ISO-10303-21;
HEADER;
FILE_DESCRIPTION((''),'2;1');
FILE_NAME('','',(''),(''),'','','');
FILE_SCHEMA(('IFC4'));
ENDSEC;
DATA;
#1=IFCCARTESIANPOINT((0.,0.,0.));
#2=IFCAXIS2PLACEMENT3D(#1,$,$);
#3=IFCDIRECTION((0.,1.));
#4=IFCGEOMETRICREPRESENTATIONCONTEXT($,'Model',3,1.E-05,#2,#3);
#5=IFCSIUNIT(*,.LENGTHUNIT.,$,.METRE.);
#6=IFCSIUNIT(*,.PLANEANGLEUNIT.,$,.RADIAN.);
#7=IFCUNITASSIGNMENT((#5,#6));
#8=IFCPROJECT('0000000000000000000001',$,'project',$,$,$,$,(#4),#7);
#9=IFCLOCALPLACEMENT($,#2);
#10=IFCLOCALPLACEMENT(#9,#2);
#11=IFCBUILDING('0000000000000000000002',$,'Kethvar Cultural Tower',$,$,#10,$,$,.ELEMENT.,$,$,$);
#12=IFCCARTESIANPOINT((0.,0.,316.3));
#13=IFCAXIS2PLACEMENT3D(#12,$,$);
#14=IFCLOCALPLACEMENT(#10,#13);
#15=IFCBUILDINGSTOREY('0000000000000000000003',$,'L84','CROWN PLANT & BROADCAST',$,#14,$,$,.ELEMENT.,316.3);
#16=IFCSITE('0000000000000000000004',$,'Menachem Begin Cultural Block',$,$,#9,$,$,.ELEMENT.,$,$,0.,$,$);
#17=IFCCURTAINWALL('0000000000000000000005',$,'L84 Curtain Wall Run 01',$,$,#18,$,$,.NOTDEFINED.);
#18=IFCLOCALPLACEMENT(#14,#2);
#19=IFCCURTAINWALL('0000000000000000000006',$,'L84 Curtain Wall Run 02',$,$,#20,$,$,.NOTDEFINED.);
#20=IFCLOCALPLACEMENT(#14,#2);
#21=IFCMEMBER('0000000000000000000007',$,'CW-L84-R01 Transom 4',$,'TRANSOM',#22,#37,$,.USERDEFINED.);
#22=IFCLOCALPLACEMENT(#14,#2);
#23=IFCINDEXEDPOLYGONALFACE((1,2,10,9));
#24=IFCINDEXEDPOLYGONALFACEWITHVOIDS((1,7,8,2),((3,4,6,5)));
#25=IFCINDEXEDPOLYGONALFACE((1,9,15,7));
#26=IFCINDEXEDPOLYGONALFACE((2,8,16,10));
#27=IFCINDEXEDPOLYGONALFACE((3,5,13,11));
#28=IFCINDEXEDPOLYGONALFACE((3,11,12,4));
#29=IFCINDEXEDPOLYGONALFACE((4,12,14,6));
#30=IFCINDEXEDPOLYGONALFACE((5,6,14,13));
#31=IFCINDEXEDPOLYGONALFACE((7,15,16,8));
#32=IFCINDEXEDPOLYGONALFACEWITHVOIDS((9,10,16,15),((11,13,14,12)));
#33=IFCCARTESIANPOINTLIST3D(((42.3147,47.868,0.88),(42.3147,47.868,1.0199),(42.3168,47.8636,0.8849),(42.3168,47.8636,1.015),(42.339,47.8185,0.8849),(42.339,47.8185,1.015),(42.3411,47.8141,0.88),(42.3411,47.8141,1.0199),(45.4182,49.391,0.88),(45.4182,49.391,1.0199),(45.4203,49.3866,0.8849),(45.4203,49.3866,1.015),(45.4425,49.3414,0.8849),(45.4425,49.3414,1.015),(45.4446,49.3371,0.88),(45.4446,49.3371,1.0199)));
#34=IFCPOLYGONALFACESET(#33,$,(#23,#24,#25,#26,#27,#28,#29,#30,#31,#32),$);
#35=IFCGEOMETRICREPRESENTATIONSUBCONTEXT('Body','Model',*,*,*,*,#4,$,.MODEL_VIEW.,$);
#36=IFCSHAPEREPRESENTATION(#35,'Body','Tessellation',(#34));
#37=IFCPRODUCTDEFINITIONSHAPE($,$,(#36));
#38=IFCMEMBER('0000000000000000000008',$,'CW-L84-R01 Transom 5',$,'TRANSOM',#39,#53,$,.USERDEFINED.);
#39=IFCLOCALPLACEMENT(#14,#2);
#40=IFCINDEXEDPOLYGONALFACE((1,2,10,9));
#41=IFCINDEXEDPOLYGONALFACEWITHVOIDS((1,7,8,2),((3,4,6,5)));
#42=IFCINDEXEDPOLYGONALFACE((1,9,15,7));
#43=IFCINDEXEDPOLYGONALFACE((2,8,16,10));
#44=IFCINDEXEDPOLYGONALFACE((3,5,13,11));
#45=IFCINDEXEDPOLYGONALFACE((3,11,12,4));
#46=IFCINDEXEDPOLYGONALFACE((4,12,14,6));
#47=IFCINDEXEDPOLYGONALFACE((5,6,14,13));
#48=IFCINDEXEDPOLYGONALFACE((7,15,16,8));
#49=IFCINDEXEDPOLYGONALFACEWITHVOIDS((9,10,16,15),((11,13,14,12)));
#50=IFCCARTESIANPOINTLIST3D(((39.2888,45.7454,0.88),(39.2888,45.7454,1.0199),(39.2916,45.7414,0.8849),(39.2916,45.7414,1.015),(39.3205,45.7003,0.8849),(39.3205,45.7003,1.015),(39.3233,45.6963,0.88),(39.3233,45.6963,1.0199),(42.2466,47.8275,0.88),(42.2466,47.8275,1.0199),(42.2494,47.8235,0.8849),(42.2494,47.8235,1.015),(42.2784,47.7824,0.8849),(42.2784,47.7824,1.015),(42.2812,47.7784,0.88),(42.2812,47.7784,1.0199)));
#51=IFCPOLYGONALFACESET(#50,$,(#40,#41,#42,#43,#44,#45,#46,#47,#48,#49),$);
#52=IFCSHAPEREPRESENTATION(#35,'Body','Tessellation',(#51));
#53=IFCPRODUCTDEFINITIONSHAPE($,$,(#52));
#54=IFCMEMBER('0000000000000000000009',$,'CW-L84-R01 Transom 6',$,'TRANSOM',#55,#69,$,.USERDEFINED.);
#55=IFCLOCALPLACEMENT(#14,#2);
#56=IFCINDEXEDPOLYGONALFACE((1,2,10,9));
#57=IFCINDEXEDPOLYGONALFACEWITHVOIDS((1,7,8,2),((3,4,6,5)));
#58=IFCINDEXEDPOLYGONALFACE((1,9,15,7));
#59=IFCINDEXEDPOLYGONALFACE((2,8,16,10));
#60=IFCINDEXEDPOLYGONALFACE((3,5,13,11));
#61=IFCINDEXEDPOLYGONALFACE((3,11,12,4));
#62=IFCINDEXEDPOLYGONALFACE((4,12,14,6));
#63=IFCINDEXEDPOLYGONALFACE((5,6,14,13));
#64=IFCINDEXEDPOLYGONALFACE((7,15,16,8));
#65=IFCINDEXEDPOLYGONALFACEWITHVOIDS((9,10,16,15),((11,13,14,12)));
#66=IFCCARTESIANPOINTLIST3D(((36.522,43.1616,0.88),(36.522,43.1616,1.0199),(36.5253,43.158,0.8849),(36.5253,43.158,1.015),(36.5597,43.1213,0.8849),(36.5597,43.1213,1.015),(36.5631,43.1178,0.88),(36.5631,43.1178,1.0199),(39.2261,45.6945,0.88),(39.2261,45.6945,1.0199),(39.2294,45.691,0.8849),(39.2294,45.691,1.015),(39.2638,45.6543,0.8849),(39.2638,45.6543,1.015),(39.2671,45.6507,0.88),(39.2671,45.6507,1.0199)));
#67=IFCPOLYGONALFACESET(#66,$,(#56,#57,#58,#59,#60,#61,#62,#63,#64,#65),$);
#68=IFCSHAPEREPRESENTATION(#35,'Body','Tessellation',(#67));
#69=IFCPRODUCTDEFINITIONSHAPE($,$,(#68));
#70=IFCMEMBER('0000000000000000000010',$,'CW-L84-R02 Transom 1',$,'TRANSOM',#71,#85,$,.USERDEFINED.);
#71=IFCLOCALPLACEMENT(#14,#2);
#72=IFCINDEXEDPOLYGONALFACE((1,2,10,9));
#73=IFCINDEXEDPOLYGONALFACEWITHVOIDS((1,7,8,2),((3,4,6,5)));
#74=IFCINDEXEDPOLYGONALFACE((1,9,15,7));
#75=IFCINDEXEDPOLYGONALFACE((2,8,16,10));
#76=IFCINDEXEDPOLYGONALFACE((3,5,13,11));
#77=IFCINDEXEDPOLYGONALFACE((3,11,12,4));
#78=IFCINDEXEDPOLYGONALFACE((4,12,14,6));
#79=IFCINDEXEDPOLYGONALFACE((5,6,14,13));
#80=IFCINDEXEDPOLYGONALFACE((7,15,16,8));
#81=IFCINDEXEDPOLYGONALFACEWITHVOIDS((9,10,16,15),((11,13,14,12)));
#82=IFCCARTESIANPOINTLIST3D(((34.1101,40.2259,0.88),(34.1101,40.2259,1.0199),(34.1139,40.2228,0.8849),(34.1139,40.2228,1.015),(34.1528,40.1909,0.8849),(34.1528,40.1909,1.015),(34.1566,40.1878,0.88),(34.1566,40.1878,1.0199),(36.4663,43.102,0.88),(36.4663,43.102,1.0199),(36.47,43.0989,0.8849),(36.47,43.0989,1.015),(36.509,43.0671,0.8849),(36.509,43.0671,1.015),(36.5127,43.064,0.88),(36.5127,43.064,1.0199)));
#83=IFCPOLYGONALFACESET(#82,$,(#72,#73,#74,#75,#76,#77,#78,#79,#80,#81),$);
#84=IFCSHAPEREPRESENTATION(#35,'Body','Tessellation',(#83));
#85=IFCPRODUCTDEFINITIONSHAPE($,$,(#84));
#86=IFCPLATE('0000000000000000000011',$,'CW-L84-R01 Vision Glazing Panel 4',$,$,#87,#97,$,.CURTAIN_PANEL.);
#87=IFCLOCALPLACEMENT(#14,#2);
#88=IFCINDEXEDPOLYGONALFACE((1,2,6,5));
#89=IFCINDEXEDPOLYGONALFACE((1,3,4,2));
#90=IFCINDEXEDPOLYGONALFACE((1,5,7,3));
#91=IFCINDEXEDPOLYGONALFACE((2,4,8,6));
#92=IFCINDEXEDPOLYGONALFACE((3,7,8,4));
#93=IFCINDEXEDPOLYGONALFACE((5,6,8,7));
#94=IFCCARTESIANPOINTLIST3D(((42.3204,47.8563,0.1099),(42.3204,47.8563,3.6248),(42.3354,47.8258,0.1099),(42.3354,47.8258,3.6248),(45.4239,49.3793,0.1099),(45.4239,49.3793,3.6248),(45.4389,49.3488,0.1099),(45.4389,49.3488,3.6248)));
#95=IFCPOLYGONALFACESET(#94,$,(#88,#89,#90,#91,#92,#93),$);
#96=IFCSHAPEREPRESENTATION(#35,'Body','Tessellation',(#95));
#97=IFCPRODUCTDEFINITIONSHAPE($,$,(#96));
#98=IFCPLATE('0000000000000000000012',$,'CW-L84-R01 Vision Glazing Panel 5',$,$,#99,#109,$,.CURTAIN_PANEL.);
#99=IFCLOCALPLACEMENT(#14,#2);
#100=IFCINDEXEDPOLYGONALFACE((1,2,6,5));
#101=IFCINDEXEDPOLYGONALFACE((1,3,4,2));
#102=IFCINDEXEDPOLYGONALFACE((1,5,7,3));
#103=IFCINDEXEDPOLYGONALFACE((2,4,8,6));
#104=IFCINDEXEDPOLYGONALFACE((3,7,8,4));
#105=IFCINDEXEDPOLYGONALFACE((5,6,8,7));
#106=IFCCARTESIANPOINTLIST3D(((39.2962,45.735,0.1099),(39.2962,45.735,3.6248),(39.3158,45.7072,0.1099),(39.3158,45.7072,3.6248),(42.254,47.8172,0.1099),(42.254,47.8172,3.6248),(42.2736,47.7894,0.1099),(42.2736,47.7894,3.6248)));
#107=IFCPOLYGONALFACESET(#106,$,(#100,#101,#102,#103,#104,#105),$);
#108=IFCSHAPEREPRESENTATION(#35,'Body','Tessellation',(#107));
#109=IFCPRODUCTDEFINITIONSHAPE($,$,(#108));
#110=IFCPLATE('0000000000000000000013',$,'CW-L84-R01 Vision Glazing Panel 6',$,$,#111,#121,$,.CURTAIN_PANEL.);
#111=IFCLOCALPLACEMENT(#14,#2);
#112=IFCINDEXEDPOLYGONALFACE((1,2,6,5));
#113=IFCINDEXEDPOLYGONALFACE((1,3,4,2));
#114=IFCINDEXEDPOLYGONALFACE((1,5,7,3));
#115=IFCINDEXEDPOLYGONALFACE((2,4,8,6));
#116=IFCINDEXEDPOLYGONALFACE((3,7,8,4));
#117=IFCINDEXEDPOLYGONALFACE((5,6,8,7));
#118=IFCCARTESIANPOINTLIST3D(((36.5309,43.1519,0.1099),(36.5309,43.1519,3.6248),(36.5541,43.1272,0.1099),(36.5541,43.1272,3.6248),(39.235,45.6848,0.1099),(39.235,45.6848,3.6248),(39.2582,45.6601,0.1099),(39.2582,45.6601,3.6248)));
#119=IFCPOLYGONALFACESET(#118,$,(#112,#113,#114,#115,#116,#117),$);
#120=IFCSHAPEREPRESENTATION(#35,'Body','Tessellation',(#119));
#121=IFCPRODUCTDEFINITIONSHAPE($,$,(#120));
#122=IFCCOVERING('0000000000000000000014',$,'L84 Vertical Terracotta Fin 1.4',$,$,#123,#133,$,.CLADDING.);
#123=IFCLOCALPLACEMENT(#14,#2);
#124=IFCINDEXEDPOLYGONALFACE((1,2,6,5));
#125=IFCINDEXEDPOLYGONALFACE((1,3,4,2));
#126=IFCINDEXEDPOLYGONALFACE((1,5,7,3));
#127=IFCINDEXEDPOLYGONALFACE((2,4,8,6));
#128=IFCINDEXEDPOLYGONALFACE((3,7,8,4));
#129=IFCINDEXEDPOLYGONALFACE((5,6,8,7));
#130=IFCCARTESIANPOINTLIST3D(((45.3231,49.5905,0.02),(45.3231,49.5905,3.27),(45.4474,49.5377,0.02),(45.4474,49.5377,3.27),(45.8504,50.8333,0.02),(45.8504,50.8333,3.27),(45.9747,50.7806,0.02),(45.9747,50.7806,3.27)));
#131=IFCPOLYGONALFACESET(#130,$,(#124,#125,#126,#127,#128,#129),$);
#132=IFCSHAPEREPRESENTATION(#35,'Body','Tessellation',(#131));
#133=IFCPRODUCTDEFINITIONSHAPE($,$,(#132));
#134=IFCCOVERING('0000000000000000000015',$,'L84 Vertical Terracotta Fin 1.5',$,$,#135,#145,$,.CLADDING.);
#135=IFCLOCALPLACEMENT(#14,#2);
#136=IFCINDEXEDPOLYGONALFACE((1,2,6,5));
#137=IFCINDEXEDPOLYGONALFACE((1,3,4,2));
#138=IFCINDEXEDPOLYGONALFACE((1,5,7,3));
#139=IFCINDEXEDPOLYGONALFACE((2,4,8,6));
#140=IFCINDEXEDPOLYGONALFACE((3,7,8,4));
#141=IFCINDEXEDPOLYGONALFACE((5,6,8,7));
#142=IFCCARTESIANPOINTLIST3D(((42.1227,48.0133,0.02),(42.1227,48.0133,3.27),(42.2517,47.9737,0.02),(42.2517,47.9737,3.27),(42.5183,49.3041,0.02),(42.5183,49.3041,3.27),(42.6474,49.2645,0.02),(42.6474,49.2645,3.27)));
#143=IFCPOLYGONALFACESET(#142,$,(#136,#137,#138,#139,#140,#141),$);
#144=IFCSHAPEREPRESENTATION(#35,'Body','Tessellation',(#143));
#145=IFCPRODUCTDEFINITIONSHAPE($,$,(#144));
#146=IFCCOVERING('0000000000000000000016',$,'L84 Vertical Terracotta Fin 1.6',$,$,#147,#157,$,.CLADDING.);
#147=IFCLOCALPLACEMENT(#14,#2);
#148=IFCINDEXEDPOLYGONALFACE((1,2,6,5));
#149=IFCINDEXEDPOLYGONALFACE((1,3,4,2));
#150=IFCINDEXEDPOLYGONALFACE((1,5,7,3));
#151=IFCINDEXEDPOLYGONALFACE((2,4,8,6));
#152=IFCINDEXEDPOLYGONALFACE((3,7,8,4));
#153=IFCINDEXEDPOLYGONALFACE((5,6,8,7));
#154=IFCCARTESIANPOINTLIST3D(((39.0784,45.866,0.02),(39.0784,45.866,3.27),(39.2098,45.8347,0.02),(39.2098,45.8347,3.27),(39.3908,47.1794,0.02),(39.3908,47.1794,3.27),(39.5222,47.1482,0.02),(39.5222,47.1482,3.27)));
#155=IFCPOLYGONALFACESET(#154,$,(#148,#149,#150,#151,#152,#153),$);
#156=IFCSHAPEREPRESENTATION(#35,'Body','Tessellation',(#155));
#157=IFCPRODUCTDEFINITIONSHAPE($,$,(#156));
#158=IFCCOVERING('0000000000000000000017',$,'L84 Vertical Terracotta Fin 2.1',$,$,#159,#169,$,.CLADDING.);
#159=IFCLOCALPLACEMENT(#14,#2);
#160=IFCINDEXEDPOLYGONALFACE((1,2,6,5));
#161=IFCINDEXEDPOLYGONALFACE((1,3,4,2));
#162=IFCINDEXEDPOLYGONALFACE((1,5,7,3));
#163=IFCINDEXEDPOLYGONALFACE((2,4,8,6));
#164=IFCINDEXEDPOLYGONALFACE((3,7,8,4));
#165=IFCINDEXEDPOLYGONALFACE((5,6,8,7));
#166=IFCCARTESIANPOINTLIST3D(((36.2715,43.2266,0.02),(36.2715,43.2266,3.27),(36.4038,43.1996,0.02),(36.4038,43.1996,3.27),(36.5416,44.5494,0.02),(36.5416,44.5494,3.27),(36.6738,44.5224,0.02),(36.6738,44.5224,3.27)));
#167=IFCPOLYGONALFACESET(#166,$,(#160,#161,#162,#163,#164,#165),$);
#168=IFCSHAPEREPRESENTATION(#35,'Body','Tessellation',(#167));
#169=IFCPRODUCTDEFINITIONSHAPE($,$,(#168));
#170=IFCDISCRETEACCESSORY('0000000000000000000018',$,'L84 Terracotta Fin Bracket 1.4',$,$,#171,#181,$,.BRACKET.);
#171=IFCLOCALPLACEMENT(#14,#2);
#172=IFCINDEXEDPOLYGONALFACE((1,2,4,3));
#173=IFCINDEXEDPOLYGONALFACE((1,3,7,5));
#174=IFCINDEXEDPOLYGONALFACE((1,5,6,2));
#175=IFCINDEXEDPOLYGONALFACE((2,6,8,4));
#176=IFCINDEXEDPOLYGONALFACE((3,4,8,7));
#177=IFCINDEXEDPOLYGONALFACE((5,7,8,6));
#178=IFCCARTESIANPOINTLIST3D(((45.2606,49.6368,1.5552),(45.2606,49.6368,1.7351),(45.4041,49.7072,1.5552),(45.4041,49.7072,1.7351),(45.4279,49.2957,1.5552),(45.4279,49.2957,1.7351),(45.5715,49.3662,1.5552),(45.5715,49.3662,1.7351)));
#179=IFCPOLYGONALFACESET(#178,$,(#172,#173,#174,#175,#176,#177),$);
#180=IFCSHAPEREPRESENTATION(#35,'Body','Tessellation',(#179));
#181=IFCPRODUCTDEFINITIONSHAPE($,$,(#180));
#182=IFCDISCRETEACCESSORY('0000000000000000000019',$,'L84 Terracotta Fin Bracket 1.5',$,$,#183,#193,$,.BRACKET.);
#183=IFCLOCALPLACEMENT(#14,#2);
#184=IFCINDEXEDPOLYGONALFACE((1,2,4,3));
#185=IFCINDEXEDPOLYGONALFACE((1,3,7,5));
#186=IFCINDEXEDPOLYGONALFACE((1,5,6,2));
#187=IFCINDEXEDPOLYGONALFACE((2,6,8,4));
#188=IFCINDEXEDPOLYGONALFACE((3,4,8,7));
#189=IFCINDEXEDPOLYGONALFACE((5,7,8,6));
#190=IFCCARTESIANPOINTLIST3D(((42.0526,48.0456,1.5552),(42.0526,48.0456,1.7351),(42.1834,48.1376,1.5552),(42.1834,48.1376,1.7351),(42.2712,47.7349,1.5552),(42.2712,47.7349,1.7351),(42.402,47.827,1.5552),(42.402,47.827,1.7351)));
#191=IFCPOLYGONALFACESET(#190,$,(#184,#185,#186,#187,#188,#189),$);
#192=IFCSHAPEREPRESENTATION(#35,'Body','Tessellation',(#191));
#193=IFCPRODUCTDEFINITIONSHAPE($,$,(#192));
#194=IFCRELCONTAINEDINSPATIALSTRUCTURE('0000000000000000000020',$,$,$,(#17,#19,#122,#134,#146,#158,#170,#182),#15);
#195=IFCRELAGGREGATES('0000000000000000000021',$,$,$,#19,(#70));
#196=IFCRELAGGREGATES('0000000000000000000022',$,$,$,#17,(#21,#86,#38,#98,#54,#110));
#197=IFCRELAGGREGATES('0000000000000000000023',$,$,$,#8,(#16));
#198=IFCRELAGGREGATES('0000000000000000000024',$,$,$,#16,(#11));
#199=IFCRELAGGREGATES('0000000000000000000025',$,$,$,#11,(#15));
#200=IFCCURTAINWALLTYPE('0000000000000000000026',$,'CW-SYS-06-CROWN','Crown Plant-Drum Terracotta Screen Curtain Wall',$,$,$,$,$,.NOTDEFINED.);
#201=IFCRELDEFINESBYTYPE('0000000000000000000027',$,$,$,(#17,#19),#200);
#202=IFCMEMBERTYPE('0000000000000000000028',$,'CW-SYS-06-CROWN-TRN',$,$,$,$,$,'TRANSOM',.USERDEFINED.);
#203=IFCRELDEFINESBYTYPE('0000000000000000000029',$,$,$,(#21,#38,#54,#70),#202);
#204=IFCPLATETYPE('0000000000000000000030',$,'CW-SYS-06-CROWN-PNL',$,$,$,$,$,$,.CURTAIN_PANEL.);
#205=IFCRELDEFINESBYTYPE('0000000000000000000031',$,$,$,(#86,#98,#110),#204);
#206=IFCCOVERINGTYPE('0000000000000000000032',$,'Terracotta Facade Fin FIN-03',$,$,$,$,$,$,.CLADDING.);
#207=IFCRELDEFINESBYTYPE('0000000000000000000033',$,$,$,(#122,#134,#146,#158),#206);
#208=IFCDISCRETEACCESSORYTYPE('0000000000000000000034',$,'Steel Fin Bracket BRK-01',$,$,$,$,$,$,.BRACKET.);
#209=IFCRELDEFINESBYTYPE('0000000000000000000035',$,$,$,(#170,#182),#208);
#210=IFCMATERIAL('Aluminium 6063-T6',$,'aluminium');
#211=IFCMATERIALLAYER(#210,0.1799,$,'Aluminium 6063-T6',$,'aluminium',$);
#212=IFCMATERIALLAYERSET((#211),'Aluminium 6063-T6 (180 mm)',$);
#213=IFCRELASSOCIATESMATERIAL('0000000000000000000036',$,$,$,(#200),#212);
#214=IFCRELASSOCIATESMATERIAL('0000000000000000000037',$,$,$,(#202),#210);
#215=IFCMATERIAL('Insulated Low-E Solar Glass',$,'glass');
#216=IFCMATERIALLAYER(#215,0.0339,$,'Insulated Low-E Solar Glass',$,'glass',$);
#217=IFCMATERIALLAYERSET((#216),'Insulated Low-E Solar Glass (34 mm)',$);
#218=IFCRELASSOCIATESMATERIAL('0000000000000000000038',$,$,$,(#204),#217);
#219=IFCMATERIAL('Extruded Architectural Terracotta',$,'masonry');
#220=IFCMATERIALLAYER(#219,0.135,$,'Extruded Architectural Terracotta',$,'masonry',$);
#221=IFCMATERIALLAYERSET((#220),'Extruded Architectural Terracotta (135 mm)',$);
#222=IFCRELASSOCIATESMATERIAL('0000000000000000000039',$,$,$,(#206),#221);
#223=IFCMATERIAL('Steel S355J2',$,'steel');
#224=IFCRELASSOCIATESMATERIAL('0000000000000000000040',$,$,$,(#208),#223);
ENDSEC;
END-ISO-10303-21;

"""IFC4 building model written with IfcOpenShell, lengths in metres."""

from ifc_helpers import new_model, si_unit, direction, frame, origin, origin_2d, place, context, subcontext, project, spatial, rectangle, hollow_rectangle, extrude, source, transform, mapped, material, layer, layer_set, material_profile, profile_set, type_object, element, aggregate, save


model = new_model("IFC4")

# Units and contexts
model_context = context("Model", 3, precision=1e-05, world=origin(), true_north=direction((0.0, 1.0)))
body_context = subcontext(model_context, "Body", "Model", "MODEL_VIEW")
ifc_project = project(units=[si_unit("LENGTHUNIT", "METRE"), si_unit("PLANEANGLEUNIT", "RADIAN")], contexts=[model_context])

# Site, building, storey
site_placement = place(None, origin())
site = spatial("IfcSite", under=ifc_project, at=site_placement, Name="Menachem Begin Cultural Block", CompositionType="ELEMENT", RefElevation=0.0)
building_placement = place(site_placement, origin())
building = spatial("IfcBuilding", under=site, at=building_placement, Name="Kethvar Cultural Tower", CompositionType="ELEMENT")
storey_placement = place(building_placement, frame((0.0, 0.0, 316.3)))
storey = spatial("IfcBuildingStorey", under=building, at=storey_placement, Name="L84", Description="CROWN PLANT & BROADCAST", CompositionType="ELEMENT", Elevation=316.3)

# Shared definitions
ifc_material_1 = material(Name="Steel S355J2", Category="steel")

# Curtain wall
ifc_material_2 = material(Name="Aluminium 6063-T6", Category="aluminium")
ifc_layer_1 = layer(ifc_material_2, 0.1799, Name="Aluminium 6063-T6", Category="aluminium")
ifc_layer_set_1 = layer_set([ifc_layer_1], Name="Aluminium 6063-T6 (180 mm)")
curtain_wall_type = type_object("IfcCurtainWallType", Name="CW-SYS-06-CROWN", Description="Crown Plant-Drum Terracotta Screen Curtain Wall", PredefinedType="NOTDEFINED", material=ifc_layer_set_1)
curtain_wall_1_placement = place(storey_placement, origin())
curtain_wall_1 = element("IfcCurtainWall", 1, at=curtain_wall_1_placement, inside=storey, type_object=curtain_wall_type, Name="L84 Curtain Wall Run 01", PredefinedType="NOTDEFINED")

# Curtain wall
curtain_wall_2_placement = place(storey_placement, origin())
curtain_wall_2 = element("IfcCurtainWall", 2, at=curtain_wall_2_placement, inside=storey, type_object=curtain_wall_type, Name="L84 Curtain Wall Run 02", PredefinedType="NOTDEFINED")

# Members
ifc_material_profile_1 = material_profile(ifc_material_2, hollow_rectangle(XDim=0.0601, YDim=0.1399, WallThickness=0.0049, at=origin_2d()), Name="Aluminium 6063-T6 — RHS140x60x5")
ifc_profile_set_1 = profile_set([ifc_material_profile_1], Name="Aluminium 6063-T6 — RHS140x60x5")
member_type_1 = type_object("IfcMemberType", Name="CW-SYS-06-CROWN-TRN", ElementType="TRANSOM", PredefinedType="USERDEFINED", material=ifc_profile_set_1)
shared_shape_1 = source(origin(), body_context, "Body", "SweptSolid", [
    extrude(hollow_rectangle(XDim=0.0601, YDim=0.1399, WallThickness=0.0049, at=origin_2d()), origin(), (0.0, 0.0, 1.0), 3.457),
])
member_1_placement = place(storey_placement, frame((45.4314, 49.364, 0.95), z_axis=(-0.897736, -0.440535, 0.0), x_axis=(0.440535, -0.897736, 0.0)))
member_1 = element("IfcMember", 3, at=member_1_placement, type_object=member_type_1, Name="CW-L84-R01 Transom 4", ObjectType="TRANSOM", PredefinedType="USERDEFINED", context=body_context, shape_type="MappedRepresentation", body=[
    mapped(shared_shape_1, transform((0.0, 0.0, 0.0), scale=1.0)),
])
shared_shape_2 = source(origin(), body_context, "Body", "SweptSolid", [
    extrude(hollow_rectangle(XDim=0.0601, YDim=0.1399, WallThickness=0.0049, at=origin_2d()), origin(), (0.0, 0.0, 1.0), 3.6172),
])
member_2_placement = place(storey_placement, frame((42.2639, 47.803, 0.95), z_axis=(-0.817723, -0.575612, 0.0), x_axis=(0.575612, -0.817723, 0.0)))
member_2 = element("IfcMember", 4, at=member_2_placement, type_object=member_type_1, Name="CW-L84-R01 Transom 5", ObjectType="TRANSOM", PredefinedType="USERDEFINED", context=body_context, shape_type="MappedRepresentation", body=[
    mapped(shared_shape_2, transform((0.0, 0.0, 0.0), scale=1.0)),
])
shared_shape_3 = source(origin(), body_context, "Body", "SweptSolid", [
    extrude(hollow_rectangle(XDim=0.0601, YDim=0.1399, WallThickness=0.0049, at=origin_2d()), origin(), (0.0, 0.0, 1.0), 3.7051),
])
member_3_placement = place(storey_placement, frame((39.2466, 45.6726, 0.95), z_axis=(-0.729825, -0.683634, 0.0), x_axis=(0.683634, -0.729825, 0.0)))
member_3 = element("IfcMember", 5, at=member_3_placement, type_object=member_type_1, Name="CW-L84-R01 Transom 6", ObjectType="TRANSOM", PredefinedType="USERDEFINED", context=body_context, shape_type="MappedRepresentation", body=[
    mapped(shared_shape_3, transform((0.0, 0.0, 0.0), scale=1.0)),
])
shared_shape_4 = source(origin(), body_context, "Body", "SweptSolid", [
    extrude(hollow_rectangle(XDim=0.0601, YDim=0.1399, WallThickness=0.0049, at=origin_2d()), origin(), (0.0, 0.0, 1.0), 3.718),
])
member_4_placement = place(storey_placement, frame((36.4895, 43.083, 0.95), z_axis=(-0.63371, -0.773571, 0.0), x_axis=(0.773571, -0.63371, 0.0)))
member_4 = element("IfcMember", 6, at=member_4_placement, type_object=member_type_1, Name="CW-L84-R02 Transom 1", ObjectType="TRANSOM", PredefinedType="USERDEFINED", context=body_context, shape_type="MappedRepresentation", body=[
    mapped(shared_shape_4, transform((0.0, 0.0, 0.0), scale=1.0)),
])
aggregate(curtain_wall_2, [member_4])

# Plates
ifc_material_3 = material(Name="Insulated Low-E Solar Glass", Category="glass")
ifc_layer_2 = layer(ifc_material_3, 0.0339, Name="Insulated Low-E Solar Glass", Category="glass")
ifc_layer_set_2 = layer_set([ifc_layer_2], Name="Insulated Low-E Solar Glass (34 mm)")
plate_type = type_object("IfcPlateType", Name="CW-SYS-06-CROWN-PNL", PredefinedType="CURTAIN_PANEL", material=ifc_layer_set_2)
shared_shape_5 = source(origin(), body_context, "Body", "SweptSolid", [
    extrude(rectangle(XDim=3.457, YDim=0.0339, at=origin_2d()), origin(), (0.0, 0.0, 1.0), 3.5149),
])
plate_1_placement = place(storey_placement, frame((43.8796, 48.6025, 0.1099), z_axis=(0.0, 0.0, 1.0), x_axis=(-0.897728, -0.44055, 0.0)))
plate_1 = element("IfcPlate", 7, at=plate_1_placement, type_object=plate_type, Name="CW-L84-R01 Vision Glazing Panel 4", PredefinedType="CURTAIN_PANEL", context=body_context, shape_type="MappedRepresentation", body=[
    mapped(shared_shape_5, transform((0.0, 0.0, 0.0), scale=1.0)),
])
shared_shape_6 = source(origin(), body_context, "Body", "SweptSolid", [
    extrude(rectangle(XDim=3.6172, YDim=0.0339, at=origin_2d()), origin(), (0.0, 0.0, 1.0), 3.5149),
])
plate_2_placement = place(storey_placement, frame((40.7849, 46.7622, 0.1099), z_axis=(0.0, 0.0, 1.0), x_axis=(-0.817708, -0.575633, 0.0)))
plate_2 = element("IfcPlate", 8, at=plate_2_placement, type_object=plate_type, Name="CW-L84-R01 Vision Glazing Panel 5", PredefinedType="CURTAIN_PANEL", context=body_context, shape_type="MappedRepresentation", body=[
    mapped(shared_shape_6, transform((0.0, 0.0, 0.0), scale=1.0)),
])
shared_shape_7 = source(origin(), body_context, "Body", "SweptSolid", [
    extrude(rectangle(XDim=3.7051, YDim=0.0339, at=origin_2d()), origin(), (0.0, 0.0, 1.0), 3.5149),
])
plate_3_placement = place(storey_placement, frame((37.8945, 44.406, 0.1099), z_axis=(0.0, 0.0, 1.0), x_axis=(-0.729828, -0.683631, 0.0)))
plate_3 = element("IfcPlate", 9, at=plate_3_placement, type_object=plate_type, Name="CW-L84-R01 Vision Glazing Panel 6", PredefinedType="CURTAIN_PANEL", context=body_context, shape_type="MappedRepresentation", body=[
    mapped(shared_shape_7, transform((0.0, 0.0, 0.0), scale=1.0)),
])
aggregate(curtain_wall_1, [member_1, plate_1, member_2, plate_2, member_3, plate_3])

# Coverings
ifc_material_4 = material(Name="Extruded Architectural Terracotta", Category="masonry")
ifc_layer_3 = layer(ifc_material_4, 0.135, Name="Extruded Architectural Terracotta", Category="masonry")
ifc_layer_set_3 = layer_set([ifc_layer_3], Name="Extruded Architectural Terracotta (135 mm)")
covering_type = type_object("IfcCoveringType", Name="Terracotta Facade Fin FIN-03", PredefinedType="CLADDING", material=ifc_layer_set_3)
shared_shape_8 = source(origin(), body_context, "Body", "SweptSolid", [
    extrude(rectangle(XDim=1.3501, YDim=0.135, at=origin_2d()), origin(), (0.0, 0.0, 1.0), 3.25),
])
for number, where, z_axis, x_axis, name in (
    (10, (45.6489, 50.1855, 0.02), (0.0, 0.0, 1.0), (0.39057, 0.920573, 0.0), "L84 Vertical Terracotta Fin 1.4"),
    (11, (42.385, 48.6389, 0.02), (0.0, 0.0, 1.0), (0.293039, 0.9561, 0.0), "L84 Vertical Terracotta Fin 1.5"),
    (12, (39.3003, 46.5071, 0.02), (0.0, 0.0, 1.0), (0.231408, 0.972857, 0.0), "L84 Vertical Terracotta Fin 1.6"),
    (13, (36.4727, 43.8745, 0.02), (0.0, 0.0, 1.0), (0.200052, 0.979785, 0.0), "L84 Vertical Terracotta Fin 2.1"),
):
    element("IfcCovering", number, at=place(storey_placement, frame(where, z_axis=z_axis, x_axis=x_axis)), inside=storey, type_object=covering_type, Name=name, PredefinedType="CLADDING", context=body_context, shape_type="MappedRepresentation", body=[
        mapped(shared_shape_8, transform((0.0, 0.0, 0.0), scale=1.0)),
    ])

# Discrete accessories
discrete_accessory_type = type_object("IfcDiscreteAccessoryType", Name="Steel Fin Bracket BRK-01", PredefinedType="BRACKET", material=ifc_material_1)
shared_shape_9 = source(origin(), body_context, "Body", "SweptSolid", [
    extrude(rectangle(XDim=0.3799, YDim=0.1599, at=origin_2d()), origin(), (0.0, 0.0, 1.0), 0.1799),
])
for number, where, z_axis, x_axis, name in (
    (14, (45.416, 49.5015, 1.5552), (0.0, 0.0, 1.0), (-0.440566, 0.89772, 0.0), "L84 Terracotta Fin Bracket 1.4"),
    (15, (42.2273, 47.9363, 1.5552), (0.0, 0.0, 1.0), (-0.575576, 0.817748, 0.0), "L84 Terracotta Fin Bracket 1.5"),
):
    element("IfcDiscreteAccessory", number, at=place(storey_placement, frame(where, z_axis=z_axis, x_axis=x_axis)), inside=storey, type_object=discrete_accessory_type, Name=name, PredefinedType="BRACKET", context=body_context, shape_type="MappedRepresentation", body=[
        mapped(shared_shape_9, transform((0.0, 0.0, 0.0), scale=1.0)),
    ])

save(model, "model.ifc")
